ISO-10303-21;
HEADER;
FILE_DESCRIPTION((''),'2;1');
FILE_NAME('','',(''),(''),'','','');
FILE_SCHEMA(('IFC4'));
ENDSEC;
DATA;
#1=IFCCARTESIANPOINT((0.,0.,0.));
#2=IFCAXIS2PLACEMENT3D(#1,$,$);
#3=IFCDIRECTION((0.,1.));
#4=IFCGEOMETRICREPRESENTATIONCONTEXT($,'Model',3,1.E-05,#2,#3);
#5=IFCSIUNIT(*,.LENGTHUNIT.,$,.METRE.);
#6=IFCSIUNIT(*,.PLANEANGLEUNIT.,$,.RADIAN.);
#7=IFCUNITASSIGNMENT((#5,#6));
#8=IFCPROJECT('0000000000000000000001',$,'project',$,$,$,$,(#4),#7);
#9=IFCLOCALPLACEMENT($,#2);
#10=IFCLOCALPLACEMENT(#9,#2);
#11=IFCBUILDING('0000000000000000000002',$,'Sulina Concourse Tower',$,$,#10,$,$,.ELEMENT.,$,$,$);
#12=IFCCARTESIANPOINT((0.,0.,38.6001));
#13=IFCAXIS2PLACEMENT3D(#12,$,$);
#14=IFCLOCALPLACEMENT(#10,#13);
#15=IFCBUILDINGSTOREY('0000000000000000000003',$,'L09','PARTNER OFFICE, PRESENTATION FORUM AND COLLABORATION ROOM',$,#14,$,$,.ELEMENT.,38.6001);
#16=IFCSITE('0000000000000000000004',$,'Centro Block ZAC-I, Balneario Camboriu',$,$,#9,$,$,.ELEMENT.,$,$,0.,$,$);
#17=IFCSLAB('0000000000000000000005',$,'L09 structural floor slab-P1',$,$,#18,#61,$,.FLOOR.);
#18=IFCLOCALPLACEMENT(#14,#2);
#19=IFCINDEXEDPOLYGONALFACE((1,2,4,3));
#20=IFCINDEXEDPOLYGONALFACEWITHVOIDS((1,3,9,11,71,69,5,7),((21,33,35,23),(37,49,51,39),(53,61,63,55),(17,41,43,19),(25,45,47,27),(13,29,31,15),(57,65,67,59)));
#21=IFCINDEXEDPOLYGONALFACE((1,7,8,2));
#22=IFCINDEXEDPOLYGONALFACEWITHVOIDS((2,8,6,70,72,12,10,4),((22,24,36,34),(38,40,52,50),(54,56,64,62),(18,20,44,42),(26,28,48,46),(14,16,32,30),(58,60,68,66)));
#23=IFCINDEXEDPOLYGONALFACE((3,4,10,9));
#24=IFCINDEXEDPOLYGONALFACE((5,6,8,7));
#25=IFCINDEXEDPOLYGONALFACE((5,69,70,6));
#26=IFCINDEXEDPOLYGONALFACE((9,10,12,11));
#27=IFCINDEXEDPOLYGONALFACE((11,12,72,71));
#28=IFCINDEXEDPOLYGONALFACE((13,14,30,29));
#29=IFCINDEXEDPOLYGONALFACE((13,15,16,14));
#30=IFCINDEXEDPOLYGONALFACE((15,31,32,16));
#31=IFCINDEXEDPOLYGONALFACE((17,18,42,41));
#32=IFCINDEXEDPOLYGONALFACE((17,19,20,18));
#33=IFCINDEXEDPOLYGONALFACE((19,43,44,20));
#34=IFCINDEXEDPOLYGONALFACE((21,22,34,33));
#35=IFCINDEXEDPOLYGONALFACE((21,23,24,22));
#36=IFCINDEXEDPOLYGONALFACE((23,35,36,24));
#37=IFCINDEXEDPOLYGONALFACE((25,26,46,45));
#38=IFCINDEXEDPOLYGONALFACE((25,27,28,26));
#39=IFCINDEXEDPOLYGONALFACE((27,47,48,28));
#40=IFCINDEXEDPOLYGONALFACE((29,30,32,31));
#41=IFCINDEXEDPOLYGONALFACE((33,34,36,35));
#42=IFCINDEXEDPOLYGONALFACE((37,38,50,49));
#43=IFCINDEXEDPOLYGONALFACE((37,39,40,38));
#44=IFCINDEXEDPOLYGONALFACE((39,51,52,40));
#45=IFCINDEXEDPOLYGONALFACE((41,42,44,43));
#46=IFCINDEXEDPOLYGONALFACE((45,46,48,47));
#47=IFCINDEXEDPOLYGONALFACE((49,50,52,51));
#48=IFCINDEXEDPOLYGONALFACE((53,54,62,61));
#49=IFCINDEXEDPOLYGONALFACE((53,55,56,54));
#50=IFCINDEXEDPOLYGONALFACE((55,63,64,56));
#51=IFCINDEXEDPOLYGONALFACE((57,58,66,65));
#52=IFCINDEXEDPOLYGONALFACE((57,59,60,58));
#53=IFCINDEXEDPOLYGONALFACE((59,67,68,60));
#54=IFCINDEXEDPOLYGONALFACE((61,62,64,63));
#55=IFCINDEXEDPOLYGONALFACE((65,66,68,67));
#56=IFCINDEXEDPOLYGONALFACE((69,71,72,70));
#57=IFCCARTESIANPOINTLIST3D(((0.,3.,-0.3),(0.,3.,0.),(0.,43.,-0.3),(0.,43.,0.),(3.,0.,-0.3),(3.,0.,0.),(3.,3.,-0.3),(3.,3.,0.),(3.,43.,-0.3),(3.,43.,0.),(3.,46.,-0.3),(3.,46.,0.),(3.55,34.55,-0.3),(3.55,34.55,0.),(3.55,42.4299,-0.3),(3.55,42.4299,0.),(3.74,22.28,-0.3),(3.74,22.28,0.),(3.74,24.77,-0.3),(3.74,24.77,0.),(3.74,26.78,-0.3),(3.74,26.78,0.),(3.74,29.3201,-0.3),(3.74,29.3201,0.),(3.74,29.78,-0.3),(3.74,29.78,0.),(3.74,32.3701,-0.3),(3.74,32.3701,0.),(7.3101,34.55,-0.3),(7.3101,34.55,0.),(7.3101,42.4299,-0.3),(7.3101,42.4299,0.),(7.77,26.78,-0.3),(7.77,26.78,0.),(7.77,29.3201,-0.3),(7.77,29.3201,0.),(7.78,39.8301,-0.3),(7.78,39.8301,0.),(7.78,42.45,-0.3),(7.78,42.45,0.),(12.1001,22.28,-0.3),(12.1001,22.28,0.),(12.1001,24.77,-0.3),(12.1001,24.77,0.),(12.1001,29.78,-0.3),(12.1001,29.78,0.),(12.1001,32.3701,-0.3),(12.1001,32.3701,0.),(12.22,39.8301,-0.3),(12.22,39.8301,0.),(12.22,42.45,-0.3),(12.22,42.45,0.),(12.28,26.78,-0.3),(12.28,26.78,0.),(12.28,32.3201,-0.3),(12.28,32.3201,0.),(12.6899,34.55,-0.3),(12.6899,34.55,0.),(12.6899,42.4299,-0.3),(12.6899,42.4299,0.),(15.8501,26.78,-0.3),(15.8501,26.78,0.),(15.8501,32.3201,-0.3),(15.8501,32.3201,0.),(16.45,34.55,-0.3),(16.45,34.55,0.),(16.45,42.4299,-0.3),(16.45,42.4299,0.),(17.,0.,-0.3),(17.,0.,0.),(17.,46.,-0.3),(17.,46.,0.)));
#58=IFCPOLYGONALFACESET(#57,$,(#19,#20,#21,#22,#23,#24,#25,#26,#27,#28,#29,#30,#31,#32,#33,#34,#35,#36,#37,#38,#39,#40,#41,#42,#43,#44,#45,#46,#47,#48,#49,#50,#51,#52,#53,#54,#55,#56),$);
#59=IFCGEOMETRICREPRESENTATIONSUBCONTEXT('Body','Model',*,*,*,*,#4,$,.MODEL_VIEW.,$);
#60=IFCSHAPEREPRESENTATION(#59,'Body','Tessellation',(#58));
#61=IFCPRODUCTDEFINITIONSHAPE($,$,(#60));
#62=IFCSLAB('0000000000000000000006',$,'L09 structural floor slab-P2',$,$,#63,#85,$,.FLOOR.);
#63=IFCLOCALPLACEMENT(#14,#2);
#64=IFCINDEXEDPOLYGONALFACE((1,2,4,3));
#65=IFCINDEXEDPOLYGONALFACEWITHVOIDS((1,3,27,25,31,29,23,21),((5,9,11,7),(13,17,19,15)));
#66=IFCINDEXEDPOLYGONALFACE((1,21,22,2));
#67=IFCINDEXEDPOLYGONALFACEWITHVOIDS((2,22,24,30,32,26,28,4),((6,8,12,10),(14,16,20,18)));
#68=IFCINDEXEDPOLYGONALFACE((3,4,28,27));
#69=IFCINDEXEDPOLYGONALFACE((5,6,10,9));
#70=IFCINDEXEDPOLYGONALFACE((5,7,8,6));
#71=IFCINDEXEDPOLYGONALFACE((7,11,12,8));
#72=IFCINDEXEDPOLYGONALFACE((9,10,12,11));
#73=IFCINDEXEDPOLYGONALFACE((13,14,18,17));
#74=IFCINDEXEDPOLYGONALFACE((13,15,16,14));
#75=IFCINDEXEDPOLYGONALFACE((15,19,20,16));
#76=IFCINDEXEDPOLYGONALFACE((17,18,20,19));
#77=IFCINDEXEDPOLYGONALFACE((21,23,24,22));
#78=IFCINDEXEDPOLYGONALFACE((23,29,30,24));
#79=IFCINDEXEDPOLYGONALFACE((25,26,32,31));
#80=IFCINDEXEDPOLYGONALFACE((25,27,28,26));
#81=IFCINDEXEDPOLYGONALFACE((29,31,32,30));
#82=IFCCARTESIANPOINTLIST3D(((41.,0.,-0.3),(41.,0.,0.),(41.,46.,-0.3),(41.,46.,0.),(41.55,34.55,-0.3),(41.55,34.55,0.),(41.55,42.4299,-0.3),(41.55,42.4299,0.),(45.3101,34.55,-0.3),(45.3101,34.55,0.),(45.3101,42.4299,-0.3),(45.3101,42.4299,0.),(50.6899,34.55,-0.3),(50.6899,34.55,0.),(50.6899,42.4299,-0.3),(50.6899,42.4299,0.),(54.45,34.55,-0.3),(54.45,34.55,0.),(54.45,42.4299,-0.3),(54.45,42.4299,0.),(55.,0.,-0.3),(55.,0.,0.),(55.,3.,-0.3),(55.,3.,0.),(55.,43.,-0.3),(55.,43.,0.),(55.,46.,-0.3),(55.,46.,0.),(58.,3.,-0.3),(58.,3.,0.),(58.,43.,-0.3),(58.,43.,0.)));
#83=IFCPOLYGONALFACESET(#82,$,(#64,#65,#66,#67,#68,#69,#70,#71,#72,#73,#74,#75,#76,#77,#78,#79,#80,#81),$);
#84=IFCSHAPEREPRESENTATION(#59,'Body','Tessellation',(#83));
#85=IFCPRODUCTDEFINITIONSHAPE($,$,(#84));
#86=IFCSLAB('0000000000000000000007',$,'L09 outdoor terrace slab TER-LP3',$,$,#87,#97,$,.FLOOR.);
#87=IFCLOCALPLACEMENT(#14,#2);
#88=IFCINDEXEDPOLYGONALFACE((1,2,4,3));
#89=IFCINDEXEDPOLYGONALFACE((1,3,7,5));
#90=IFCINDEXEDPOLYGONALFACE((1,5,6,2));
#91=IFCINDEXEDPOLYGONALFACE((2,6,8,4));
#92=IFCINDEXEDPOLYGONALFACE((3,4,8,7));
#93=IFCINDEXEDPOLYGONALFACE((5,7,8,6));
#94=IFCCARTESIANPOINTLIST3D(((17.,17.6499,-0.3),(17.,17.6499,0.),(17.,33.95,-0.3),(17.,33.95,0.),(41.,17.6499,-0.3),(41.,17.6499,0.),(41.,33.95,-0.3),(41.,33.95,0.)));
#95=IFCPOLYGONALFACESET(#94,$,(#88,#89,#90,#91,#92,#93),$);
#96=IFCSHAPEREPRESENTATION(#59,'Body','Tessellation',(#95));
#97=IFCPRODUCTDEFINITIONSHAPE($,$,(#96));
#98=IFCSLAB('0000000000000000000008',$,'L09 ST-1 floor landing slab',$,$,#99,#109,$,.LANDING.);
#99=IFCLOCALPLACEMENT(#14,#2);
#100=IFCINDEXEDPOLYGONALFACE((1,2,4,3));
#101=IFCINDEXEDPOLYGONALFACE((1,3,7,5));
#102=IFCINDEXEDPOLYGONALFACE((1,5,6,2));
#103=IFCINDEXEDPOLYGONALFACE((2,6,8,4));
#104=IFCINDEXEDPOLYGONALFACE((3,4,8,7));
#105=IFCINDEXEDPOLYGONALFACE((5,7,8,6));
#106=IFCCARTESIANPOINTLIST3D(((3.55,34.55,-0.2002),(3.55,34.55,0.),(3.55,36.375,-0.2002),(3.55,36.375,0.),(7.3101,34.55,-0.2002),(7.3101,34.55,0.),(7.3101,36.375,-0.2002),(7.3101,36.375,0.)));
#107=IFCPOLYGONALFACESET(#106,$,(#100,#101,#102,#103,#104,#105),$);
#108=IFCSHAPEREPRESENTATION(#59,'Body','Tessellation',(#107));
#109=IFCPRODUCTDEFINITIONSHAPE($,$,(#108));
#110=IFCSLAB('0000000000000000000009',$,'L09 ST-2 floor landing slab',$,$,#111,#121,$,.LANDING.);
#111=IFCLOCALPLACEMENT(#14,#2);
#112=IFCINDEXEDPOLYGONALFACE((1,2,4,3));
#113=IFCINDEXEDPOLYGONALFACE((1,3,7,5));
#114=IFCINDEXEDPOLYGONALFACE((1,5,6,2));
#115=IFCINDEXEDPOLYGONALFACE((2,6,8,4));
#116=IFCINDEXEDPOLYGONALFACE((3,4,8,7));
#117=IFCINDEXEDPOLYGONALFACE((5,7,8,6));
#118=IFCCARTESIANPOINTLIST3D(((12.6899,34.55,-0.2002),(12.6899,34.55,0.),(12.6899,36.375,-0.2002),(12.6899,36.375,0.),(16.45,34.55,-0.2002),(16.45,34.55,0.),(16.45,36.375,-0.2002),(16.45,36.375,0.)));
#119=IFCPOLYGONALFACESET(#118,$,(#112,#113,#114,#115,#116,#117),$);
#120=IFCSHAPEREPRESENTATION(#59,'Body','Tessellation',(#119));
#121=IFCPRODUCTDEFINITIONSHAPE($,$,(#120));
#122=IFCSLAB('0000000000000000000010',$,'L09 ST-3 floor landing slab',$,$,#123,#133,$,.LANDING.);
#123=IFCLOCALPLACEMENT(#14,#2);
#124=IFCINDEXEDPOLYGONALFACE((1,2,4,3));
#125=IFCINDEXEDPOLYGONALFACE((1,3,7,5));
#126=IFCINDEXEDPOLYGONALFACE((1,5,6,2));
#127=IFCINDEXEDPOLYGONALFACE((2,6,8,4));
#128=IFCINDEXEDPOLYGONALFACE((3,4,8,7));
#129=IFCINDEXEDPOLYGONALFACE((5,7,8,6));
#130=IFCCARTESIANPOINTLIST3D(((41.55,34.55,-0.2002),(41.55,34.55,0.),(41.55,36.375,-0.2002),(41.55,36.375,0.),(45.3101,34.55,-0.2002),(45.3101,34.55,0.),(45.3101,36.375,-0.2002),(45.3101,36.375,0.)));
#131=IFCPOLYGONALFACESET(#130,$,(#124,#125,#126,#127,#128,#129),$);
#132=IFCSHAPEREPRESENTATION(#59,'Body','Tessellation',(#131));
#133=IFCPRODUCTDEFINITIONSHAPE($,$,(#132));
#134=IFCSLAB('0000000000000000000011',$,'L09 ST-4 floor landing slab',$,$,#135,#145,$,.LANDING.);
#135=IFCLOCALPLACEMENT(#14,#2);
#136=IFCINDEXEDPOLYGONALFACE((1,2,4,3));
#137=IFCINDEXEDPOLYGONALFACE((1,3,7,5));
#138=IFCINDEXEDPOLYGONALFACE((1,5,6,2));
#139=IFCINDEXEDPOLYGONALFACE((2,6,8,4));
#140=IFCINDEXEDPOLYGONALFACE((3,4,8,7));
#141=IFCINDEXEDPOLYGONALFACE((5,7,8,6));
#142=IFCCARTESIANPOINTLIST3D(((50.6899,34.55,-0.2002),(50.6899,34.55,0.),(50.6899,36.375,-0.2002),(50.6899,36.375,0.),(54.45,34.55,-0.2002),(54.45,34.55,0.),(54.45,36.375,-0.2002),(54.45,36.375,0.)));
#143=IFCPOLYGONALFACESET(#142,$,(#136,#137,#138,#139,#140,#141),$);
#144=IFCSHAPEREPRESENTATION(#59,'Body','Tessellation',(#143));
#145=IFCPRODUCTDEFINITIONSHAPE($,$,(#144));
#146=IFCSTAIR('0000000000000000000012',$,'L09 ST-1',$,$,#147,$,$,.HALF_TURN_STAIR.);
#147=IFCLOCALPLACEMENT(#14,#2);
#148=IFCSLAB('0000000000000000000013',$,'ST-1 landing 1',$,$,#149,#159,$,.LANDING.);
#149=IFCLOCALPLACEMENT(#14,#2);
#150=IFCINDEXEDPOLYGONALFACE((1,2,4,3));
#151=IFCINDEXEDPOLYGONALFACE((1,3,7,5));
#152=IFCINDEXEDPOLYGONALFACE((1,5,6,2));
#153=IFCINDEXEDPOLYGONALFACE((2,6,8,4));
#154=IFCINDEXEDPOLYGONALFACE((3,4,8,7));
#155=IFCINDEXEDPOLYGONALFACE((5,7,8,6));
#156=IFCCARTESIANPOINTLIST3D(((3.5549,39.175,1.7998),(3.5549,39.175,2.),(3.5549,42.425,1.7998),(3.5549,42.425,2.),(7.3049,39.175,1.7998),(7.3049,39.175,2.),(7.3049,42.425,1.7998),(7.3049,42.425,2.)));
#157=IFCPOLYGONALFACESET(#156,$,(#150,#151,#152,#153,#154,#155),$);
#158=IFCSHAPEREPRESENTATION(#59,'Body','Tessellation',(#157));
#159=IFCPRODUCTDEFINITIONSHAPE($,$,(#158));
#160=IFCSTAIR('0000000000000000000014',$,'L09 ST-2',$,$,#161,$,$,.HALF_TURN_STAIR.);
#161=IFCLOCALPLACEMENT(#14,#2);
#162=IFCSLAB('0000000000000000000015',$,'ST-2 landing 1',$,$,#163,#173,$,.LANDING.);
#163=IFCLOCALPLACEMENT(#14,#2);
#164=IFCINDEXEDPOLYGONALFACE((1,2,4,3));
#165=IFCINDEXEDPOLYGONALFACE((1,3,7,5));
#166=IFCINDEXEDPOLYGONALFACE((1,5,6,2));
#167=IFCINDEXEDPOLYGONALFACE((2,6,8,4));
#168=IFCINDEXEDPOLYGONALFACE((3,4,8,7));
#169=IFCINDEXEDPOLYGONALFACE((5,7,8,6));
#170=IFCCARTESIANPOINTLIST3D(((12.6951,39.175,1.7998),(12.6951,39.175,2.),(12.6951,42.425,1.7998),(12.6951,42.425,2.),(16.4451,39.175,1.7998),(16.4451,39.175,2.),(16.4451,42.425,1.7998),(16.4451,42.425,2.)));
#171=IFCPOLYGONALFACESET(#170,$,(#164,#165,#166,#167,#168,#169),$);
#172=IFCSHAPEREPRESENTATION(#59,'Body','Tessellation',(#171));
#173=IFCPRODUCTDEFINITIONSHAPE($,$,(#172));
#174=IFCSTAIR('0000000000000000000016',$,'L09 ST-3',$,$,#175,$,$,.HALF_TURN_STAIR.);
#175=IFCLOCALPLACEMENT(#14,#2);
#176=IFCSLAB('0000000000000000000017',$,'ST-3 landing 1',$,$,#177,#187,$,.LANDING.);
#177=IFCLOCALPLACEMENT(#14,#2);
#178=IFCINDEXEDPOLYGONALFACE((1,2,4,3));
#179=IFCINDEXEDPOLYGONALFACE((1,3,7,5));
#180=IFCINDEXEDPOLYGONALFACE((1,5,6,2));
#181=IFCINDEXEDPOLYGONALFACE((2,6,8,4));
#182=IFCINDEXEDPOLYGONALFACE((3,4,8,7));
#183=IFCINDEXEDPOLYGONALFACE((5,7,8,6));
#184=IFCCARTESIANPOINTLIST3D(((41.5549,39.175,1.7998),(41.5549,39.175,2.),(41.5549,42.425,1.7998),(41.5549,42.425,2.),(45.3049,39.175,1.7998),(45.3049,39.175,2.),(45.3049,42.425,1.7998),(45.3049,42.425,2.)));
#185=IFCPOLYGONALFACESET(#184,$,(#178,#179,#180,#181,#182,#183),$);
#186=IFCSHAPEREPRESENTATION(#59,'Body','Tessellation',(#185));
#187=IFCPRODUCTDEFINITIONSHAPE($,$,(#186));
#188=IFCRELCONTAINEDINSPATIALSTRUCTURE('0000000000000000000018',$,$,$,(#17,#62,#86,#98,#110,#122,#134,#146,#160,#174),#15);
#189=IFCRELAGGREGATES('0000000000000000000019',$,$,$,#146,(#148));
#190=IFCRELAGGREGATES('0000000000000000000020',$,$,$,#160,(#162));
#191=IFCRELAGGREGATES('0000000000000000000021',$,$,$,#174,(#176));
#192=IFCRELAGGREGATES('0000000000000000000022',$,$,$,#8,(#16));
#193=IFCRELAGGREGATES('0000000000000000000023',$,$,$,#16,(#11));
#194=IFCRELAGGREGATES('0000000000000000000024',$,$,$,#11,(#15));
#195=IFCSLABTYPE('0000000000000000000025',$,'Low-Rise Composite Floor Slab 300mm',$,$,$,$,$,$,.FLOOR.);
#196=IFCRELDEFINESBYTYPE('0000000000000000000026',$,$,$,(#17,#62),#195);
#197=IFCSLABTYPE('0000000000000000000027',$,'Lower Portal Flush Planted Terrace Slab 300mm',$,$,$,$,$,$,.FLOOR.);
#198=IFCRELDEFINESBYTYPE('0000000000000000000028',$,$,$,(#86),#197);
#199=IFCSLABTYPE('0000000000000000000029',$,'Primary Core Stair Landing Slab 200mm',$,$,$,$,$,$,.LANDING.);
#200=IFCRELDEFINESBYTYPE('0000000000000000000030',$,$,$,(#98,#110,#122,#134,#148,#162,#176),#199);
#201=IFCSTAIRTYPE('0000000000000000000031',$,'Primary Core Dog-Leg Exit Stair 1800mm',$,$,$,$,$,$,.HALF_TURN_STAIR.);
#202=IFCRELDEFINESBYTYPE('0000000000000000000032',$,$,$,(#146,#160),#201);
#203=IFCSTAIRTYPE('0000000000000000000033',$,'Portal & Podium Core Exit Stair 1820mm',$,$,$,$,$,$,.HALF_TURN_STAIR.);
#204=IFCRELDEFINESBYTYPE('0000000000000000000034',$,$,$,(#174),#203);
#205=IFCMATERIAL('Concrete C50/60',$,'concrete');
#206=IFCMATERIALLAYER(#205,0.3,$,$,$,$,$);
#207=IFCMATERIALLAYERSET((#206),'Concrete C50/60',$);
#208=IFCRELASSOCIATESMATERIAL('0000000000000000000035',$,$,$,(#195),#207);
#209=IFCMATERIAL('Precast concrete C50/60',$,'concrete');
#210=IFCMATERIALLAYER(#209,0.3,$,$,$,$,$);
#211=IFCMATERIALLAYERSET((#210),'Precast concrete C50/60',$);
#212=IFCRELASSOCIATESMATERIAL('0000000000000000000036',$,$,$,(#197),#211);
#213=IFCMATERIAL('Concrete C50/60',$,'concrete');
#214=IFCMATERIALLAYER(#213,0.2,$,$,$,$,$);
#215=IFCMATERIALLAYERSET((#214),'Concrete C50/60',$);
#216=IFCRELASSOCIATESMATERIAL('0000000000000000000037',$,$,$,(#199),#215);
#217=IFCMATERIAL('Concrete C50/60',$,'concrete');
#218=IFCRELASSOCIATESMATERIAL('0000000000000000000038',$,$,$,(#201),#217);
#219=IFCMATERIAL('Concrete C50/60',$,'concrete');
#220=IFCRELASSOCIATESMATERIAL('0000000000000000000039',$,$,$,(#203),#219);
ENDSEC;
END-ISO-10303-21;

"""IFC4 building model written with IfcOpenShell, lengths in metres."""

from ifc_helpers import new_model, si_unit, direction, frame, origin, place, context, subcontext, project, spatial, polyline, outline, extrude, material, layer, layer_set, type_object, element, aggregate, save


model = new_model("IFC4")

# Units and contexts
model_context = context("Model", 3, precision=1e-05, world=origin(), true_north=direction((0.0, 1.0)))
body_context = subcontext(model_context, "Body", "Model", "MODEL_VIEW")
ifc_project = project(units=[si_unit("LENGTHUNIT", "METRE"), si_unit("PLANEANGLEUNIT", "RADIAN")], contexts=[model_context])

# Site, building, storey
site_placement = place(None, origin())
site = spatial("IfcSite", under=ifc_project, at=site_placement, Name="Centro Block ZAC-I, Balneario Camboriu", CompositionType="ELEMENT", RefElevation=0.0)
building_placement = place(site_placement, origin())
building = spatial("IfcBuilding", under=site, at=building_placement, Name="Sulina Concourse Tower", CompositionType="ELEMENT")
storey_placement = place(building_placement, frame((0.0, 0.0, 38.6001)))
storey = spatial("IfcBuildingStorey", under=building, at=storey_placement, Name="L09", Description="PARTNER OFFICE, PRESENTATION FORUM AND COLLABORATION ROOM", CompositionType="ELEMENT", Elevation=38.6001)

# Slabs
ifc_material_1 = material(Name="Concrete C50/60", Category="concrete")
ifc_layer_1 = layer(ifc_material_1, 0.3)
ifc_layer_set_1 = layer_set([ifc_layer_1], Name="Concrete C50/60")
slab_type_1 = type_object("IfcSlabType", Name="Low-Rise Composite Floor Slab 300mm", PredefinedType="FLOOR", material=ifc_layer_set_1)
slab_1_placement = place(storey_placement, frame((0.0, 0.0, -0.3)))
element("IfcSlab", 1, at=slab_1_placement, inside=storey, type_object=slab_type_1, Name="L09 structural floor slab-P1", PredefinedType="FLOOR", context=body_context, shape_type="SweptSolid", body=[
    extrude(outline(polyline([(3.0, 0.0), (17.0, 0.0), (17.0, 46.0), (3.0, 46.0), (3.0, 43.0), (0.0, 43.0), (0.0, 3.0), (3.0, 3.0), (3.0, 0.0)]), holes=[polyline([(7.3101, 34.55), (7.3101, 42.4299), (3.55, 42.4299), (3.55, 34.55), (7.3101, 34.55)]), polyline([(16.45, 34.55), (16.45, 42.4299), (12.6899, 42.4299), (12.6899, 34.55), (16.45, 34.55)]), polyline([(7.78, 39.8301), (12.22, 39.8301), (12.22, 42.45), (7.78, 42.45), (7.78, 39.8301)]), polyline([(3.74, 26.78), (7.77, 26.78), (7.77, 29.3201), (3.74, 29.3201), (3.74, 26.78)]), polyline([(3.74, 29.78), (12.1001, 29.78), (12.1001, 32.3701), (3.74, 32.3701), (3.74, 29.78)]), polyline([(3.74, 22.28), (12.1001, 22.28), (12.1001, 24.77), (3.74, 24.77), (3.74, 22.28)]), polyline([(12.28, 26.78), (15.8501, 26.78), (15.8501, 32.3201), (12.28, 32.3201), (12.28, 26.78)])]), origin(), (0.0, 0.0, 1.0), 0.3),
])
slab_2_placement = place(storey_placement, frame((0.0, 0.0, -0.3)))
element("IfcSlab", 2, at=slab_2_placement, inside=storey, type_object=slab_type_1, Name="L09 structural floor slab-P2", PredefinedType="FLOOR", context=body_context, shape_type="SweptSolid", body=[
    extrude(outline(polyline([(41.0, 0.0), (55.0, 0.0), (55.0, 3.0), (58.0, 3.0), (58.0, 43.0), (55.0, 43.0), (55.0, 46.0), (41.0, 46.0), (41.0, 0.0)]), holes=[polyline([(45.3101, 34.55), (45.3101, 42.4299), (41.55, 42.4299), (41.55, 34.55), (45.3101, 34.55)]), polyline([(54.45, 34.55), (54.45, 42.4299), (50.6899, 42.4299), (50.6899, 34.55), (54.45, 34.55)])]), origin(), (0.0, 0.0, 1.0), 0.3),
])
ifc_material_2 = material(Name="Precast concrete C50/60", Category="concrete")
ifc_layer_2 = layer(ifc_material_2, 0.3)
ifc_layer_set_2 = layer_set([ifc_layer_2], Name="Precast concrete C50/60")
slab_type_2 = type_object("IfcSlabType", Name="Lower Portal Flush Planted Terrace Slab 300mm", PredefinedType="FLOOR", material=ifc_layer_set_2)
slab_3_placement = place(storey_placement, frame((0.0, 0.0, -0.3)))
element("IfcSlab", 3, at=slab_3_placement, inside=storey, type_object=slab_type_2, Name="L09 outdoor terrace slab TER-LP3", PredefinedType="FLOOR", context=body_context, shape_type="SweptSolid", body=[
    extrude(outline(polyline([(17.0, 17.6499), (41.0, 17.6499), (41.0, 33.95), (17.0, 33.95), (17.0, 17.6499)])), origin(), (0.0, 0.0, 1.0), 0.3),
])
ifc_material_3 = material(Name="Concrete C50/60", Category="concrete")
ifc_layer_3 = layer(ifc_material_3, 0.2)
ifc_layer_set_3 = layer_set([ifc_layer_3], Name="Concrete C50/60")
slab_type_3 = type_object("IfcSlabType", Name="Primary Core Stair Landing Slab 200mm", PredefinedType="LANDING", material=ifc_layer_set_3)
slab_4_placement = place(storey_placement, frame((0.0, 0.0, -0.2002)))
element("IfcSlab", 4, at=slab_4_placement, inside=storey, type_object=slab_type_3, Name="L09 ST-1 floor landing slab", PredefinedType="LANDING", context=body_context, shape_type="SweptSolid", body=[
    extrude(outline(polyline([(7.3101, 34.55), (7.3101, 36.375), (3.55, 36.375), (3.55, 34.55), (7.3101, 34.55)])), origin(), (0.0, 0.0, 1.0), 0.2002),
])
slab_5_placement = place(storey_placement, frame((0.0, 0.0, -0.2002)))
element("IfcSlab", 5, at=slab_5_placement, inside=storey, type_object=slab_type_3, Name="L09 ST-2 floor landing slab", PredefinedType="LANDING", context=body_context, shape_type="SweptSolid", body=[
    extrude(outline(polyline([(16.45, 34.55), (16.45, 36.375), (12.6899, 36.375), (12.6899, 34.55), (16.45, 34.55)])), origin(), (0.0, 0.0, 1.0), 0.2002),
])
slab_6_placement = place(storey_placement, frame((0.0, 0.0, -0.2002)))
element("IfcSlab", 6, at=slab_6_placement, inside=storey, type_object=slab_type_3, Name="L09 ST-3 floor landing slab", PredefinedType="LANDING", context=body_context, shape_type="SweptSolid", body=[
    extrude(outline(polyline([(45.3101, 34.55), (45.3101, 36.375), (41.55, 36.375), (41.55, 34.55), (45.3101, 34.55)])), origin(), (0.0, 0.0, 1.0), 0.2002),
])
slab_7_placement = place(storey_placement, frame((0.0, 0.0, -0.2002)))
element("IfcSlab", 7, at=slab_7_placement, inside=storey, type_object=slab_type_3, Name="L09 ST-4 floor landing slab", PredefinedType="LANDING", context=body_context, shape_type="SweptSolid", body=[
    extrude(outline(polyline([(54.45, 34.55), (54.45, 36.375), (50.6899, 36.375), (50.6899, 34.55), (54.45, 34.55)])), origin(), (0.0, 0.0, 1.0), 0.2002),
])

# Stairs, slabs
ifc_material_4 = material(Name="Concrete C50/60", Category="concrete")
stair_type_1 = type_object("IfcStairType", Name="Primary Core Dog-Leg Exit Stair 1800mm", PredefinedType="HALF_TURN_STAIR", material=ifc_material_4)
stair_1_placement = place(storey_placement, origin())
stair_1 = element("IfcStair", 8, at=stair_1_placement, inside=storey, type_object=stair_type_1, Name="L09 ST-1", PredefinedType="HALF_TURN_STAIR")
slab_8_placement = place(storey_placement, frame((0.0, 0.0, 1.7998)))
slab_8 = element("IfcSlab", 9, at=slab_8_placement, type_object=slab_type_3, Name="ST-1 landing 1", PredefinedType="LANDING", context=body_context, shape_type="SweptSolid", body=[
    extrude(outline(polyline([(7.3049, 39.175), (7.3049, 42.425), (3.5549, 42.425), (3.5549, 39.175), (7.3049, 39.175)])), origin(), (0.0, 0.0, 1.0), 0.2002),
])
aggregate(stair_1, [slab_8])
stair_2_placement = place(storey_placement, origin())
stair_2 = element("IfcStair", 10, at=stair_2_placement, inside=storey, type_object=stair_type_1, Name="L09 ST-2", PredefinedType="HALF_TURN_STAIR")
slab_9_placement = place(storey_placement, frame((0.0, 0.0, 1.7998)))
slab_9 = element("IfcSlab", 11, at=slab_9_placement, type_object=slab_type_3, Name="ST-2 landing 1", PredefinedType="LANDING", context=body_context, shape_type="SweptSolid", body=[
    extrude(outline(polyline([(16.4451, 39.175), (16.4451, 42.425), (12.6951, 42.425), (12.6951, 39.175), (16.4451, 39.175)])), origin(), (0.0, 0.0, 1.0), 0.2002),
])
aggregate(stair_2, [slab_9])
ifc_material_5 = material(Name="Concrete C50/60", Category="concrete")
stair_type_2 = type_object("IfcStairType", Name="Portal & Podium Core Exit Stair 1820mm", PredefinedType="HALF_TURN_STAIR", material=ifc_material_5)
stair_3_placement = place(storey_placement, origin())
stair_3 = element("IfcStair", 12, at=stair_3_placement, inside=storey, type_object=stair_type_2, Name="L09 ST-3", PredefinedType="HALF_TURN_STAIR")
slab_10_placement = place(storey_placement, frame((0.0, 0.0, 1.7998)))
slab_10 = element("IfcSlab", 13, at=slab_10_placement, type_object=slab_type_3, Name="ST-3 landing 1", PredefinedType="LANDING", context=body_context, shape_type="SweptSolid", body=[
    extrude(outline(polyline([(45.3049, 39.175), (45.3049, 42.425), (41.5549, 42.425), (41.5549, 39.175), (45.3049, 39.175)])), origin(), (0.0, 0.0, 1.0), 0.2002),
])
aggregate(stair_3, [slab_10])

save(model, "model.ifc")
